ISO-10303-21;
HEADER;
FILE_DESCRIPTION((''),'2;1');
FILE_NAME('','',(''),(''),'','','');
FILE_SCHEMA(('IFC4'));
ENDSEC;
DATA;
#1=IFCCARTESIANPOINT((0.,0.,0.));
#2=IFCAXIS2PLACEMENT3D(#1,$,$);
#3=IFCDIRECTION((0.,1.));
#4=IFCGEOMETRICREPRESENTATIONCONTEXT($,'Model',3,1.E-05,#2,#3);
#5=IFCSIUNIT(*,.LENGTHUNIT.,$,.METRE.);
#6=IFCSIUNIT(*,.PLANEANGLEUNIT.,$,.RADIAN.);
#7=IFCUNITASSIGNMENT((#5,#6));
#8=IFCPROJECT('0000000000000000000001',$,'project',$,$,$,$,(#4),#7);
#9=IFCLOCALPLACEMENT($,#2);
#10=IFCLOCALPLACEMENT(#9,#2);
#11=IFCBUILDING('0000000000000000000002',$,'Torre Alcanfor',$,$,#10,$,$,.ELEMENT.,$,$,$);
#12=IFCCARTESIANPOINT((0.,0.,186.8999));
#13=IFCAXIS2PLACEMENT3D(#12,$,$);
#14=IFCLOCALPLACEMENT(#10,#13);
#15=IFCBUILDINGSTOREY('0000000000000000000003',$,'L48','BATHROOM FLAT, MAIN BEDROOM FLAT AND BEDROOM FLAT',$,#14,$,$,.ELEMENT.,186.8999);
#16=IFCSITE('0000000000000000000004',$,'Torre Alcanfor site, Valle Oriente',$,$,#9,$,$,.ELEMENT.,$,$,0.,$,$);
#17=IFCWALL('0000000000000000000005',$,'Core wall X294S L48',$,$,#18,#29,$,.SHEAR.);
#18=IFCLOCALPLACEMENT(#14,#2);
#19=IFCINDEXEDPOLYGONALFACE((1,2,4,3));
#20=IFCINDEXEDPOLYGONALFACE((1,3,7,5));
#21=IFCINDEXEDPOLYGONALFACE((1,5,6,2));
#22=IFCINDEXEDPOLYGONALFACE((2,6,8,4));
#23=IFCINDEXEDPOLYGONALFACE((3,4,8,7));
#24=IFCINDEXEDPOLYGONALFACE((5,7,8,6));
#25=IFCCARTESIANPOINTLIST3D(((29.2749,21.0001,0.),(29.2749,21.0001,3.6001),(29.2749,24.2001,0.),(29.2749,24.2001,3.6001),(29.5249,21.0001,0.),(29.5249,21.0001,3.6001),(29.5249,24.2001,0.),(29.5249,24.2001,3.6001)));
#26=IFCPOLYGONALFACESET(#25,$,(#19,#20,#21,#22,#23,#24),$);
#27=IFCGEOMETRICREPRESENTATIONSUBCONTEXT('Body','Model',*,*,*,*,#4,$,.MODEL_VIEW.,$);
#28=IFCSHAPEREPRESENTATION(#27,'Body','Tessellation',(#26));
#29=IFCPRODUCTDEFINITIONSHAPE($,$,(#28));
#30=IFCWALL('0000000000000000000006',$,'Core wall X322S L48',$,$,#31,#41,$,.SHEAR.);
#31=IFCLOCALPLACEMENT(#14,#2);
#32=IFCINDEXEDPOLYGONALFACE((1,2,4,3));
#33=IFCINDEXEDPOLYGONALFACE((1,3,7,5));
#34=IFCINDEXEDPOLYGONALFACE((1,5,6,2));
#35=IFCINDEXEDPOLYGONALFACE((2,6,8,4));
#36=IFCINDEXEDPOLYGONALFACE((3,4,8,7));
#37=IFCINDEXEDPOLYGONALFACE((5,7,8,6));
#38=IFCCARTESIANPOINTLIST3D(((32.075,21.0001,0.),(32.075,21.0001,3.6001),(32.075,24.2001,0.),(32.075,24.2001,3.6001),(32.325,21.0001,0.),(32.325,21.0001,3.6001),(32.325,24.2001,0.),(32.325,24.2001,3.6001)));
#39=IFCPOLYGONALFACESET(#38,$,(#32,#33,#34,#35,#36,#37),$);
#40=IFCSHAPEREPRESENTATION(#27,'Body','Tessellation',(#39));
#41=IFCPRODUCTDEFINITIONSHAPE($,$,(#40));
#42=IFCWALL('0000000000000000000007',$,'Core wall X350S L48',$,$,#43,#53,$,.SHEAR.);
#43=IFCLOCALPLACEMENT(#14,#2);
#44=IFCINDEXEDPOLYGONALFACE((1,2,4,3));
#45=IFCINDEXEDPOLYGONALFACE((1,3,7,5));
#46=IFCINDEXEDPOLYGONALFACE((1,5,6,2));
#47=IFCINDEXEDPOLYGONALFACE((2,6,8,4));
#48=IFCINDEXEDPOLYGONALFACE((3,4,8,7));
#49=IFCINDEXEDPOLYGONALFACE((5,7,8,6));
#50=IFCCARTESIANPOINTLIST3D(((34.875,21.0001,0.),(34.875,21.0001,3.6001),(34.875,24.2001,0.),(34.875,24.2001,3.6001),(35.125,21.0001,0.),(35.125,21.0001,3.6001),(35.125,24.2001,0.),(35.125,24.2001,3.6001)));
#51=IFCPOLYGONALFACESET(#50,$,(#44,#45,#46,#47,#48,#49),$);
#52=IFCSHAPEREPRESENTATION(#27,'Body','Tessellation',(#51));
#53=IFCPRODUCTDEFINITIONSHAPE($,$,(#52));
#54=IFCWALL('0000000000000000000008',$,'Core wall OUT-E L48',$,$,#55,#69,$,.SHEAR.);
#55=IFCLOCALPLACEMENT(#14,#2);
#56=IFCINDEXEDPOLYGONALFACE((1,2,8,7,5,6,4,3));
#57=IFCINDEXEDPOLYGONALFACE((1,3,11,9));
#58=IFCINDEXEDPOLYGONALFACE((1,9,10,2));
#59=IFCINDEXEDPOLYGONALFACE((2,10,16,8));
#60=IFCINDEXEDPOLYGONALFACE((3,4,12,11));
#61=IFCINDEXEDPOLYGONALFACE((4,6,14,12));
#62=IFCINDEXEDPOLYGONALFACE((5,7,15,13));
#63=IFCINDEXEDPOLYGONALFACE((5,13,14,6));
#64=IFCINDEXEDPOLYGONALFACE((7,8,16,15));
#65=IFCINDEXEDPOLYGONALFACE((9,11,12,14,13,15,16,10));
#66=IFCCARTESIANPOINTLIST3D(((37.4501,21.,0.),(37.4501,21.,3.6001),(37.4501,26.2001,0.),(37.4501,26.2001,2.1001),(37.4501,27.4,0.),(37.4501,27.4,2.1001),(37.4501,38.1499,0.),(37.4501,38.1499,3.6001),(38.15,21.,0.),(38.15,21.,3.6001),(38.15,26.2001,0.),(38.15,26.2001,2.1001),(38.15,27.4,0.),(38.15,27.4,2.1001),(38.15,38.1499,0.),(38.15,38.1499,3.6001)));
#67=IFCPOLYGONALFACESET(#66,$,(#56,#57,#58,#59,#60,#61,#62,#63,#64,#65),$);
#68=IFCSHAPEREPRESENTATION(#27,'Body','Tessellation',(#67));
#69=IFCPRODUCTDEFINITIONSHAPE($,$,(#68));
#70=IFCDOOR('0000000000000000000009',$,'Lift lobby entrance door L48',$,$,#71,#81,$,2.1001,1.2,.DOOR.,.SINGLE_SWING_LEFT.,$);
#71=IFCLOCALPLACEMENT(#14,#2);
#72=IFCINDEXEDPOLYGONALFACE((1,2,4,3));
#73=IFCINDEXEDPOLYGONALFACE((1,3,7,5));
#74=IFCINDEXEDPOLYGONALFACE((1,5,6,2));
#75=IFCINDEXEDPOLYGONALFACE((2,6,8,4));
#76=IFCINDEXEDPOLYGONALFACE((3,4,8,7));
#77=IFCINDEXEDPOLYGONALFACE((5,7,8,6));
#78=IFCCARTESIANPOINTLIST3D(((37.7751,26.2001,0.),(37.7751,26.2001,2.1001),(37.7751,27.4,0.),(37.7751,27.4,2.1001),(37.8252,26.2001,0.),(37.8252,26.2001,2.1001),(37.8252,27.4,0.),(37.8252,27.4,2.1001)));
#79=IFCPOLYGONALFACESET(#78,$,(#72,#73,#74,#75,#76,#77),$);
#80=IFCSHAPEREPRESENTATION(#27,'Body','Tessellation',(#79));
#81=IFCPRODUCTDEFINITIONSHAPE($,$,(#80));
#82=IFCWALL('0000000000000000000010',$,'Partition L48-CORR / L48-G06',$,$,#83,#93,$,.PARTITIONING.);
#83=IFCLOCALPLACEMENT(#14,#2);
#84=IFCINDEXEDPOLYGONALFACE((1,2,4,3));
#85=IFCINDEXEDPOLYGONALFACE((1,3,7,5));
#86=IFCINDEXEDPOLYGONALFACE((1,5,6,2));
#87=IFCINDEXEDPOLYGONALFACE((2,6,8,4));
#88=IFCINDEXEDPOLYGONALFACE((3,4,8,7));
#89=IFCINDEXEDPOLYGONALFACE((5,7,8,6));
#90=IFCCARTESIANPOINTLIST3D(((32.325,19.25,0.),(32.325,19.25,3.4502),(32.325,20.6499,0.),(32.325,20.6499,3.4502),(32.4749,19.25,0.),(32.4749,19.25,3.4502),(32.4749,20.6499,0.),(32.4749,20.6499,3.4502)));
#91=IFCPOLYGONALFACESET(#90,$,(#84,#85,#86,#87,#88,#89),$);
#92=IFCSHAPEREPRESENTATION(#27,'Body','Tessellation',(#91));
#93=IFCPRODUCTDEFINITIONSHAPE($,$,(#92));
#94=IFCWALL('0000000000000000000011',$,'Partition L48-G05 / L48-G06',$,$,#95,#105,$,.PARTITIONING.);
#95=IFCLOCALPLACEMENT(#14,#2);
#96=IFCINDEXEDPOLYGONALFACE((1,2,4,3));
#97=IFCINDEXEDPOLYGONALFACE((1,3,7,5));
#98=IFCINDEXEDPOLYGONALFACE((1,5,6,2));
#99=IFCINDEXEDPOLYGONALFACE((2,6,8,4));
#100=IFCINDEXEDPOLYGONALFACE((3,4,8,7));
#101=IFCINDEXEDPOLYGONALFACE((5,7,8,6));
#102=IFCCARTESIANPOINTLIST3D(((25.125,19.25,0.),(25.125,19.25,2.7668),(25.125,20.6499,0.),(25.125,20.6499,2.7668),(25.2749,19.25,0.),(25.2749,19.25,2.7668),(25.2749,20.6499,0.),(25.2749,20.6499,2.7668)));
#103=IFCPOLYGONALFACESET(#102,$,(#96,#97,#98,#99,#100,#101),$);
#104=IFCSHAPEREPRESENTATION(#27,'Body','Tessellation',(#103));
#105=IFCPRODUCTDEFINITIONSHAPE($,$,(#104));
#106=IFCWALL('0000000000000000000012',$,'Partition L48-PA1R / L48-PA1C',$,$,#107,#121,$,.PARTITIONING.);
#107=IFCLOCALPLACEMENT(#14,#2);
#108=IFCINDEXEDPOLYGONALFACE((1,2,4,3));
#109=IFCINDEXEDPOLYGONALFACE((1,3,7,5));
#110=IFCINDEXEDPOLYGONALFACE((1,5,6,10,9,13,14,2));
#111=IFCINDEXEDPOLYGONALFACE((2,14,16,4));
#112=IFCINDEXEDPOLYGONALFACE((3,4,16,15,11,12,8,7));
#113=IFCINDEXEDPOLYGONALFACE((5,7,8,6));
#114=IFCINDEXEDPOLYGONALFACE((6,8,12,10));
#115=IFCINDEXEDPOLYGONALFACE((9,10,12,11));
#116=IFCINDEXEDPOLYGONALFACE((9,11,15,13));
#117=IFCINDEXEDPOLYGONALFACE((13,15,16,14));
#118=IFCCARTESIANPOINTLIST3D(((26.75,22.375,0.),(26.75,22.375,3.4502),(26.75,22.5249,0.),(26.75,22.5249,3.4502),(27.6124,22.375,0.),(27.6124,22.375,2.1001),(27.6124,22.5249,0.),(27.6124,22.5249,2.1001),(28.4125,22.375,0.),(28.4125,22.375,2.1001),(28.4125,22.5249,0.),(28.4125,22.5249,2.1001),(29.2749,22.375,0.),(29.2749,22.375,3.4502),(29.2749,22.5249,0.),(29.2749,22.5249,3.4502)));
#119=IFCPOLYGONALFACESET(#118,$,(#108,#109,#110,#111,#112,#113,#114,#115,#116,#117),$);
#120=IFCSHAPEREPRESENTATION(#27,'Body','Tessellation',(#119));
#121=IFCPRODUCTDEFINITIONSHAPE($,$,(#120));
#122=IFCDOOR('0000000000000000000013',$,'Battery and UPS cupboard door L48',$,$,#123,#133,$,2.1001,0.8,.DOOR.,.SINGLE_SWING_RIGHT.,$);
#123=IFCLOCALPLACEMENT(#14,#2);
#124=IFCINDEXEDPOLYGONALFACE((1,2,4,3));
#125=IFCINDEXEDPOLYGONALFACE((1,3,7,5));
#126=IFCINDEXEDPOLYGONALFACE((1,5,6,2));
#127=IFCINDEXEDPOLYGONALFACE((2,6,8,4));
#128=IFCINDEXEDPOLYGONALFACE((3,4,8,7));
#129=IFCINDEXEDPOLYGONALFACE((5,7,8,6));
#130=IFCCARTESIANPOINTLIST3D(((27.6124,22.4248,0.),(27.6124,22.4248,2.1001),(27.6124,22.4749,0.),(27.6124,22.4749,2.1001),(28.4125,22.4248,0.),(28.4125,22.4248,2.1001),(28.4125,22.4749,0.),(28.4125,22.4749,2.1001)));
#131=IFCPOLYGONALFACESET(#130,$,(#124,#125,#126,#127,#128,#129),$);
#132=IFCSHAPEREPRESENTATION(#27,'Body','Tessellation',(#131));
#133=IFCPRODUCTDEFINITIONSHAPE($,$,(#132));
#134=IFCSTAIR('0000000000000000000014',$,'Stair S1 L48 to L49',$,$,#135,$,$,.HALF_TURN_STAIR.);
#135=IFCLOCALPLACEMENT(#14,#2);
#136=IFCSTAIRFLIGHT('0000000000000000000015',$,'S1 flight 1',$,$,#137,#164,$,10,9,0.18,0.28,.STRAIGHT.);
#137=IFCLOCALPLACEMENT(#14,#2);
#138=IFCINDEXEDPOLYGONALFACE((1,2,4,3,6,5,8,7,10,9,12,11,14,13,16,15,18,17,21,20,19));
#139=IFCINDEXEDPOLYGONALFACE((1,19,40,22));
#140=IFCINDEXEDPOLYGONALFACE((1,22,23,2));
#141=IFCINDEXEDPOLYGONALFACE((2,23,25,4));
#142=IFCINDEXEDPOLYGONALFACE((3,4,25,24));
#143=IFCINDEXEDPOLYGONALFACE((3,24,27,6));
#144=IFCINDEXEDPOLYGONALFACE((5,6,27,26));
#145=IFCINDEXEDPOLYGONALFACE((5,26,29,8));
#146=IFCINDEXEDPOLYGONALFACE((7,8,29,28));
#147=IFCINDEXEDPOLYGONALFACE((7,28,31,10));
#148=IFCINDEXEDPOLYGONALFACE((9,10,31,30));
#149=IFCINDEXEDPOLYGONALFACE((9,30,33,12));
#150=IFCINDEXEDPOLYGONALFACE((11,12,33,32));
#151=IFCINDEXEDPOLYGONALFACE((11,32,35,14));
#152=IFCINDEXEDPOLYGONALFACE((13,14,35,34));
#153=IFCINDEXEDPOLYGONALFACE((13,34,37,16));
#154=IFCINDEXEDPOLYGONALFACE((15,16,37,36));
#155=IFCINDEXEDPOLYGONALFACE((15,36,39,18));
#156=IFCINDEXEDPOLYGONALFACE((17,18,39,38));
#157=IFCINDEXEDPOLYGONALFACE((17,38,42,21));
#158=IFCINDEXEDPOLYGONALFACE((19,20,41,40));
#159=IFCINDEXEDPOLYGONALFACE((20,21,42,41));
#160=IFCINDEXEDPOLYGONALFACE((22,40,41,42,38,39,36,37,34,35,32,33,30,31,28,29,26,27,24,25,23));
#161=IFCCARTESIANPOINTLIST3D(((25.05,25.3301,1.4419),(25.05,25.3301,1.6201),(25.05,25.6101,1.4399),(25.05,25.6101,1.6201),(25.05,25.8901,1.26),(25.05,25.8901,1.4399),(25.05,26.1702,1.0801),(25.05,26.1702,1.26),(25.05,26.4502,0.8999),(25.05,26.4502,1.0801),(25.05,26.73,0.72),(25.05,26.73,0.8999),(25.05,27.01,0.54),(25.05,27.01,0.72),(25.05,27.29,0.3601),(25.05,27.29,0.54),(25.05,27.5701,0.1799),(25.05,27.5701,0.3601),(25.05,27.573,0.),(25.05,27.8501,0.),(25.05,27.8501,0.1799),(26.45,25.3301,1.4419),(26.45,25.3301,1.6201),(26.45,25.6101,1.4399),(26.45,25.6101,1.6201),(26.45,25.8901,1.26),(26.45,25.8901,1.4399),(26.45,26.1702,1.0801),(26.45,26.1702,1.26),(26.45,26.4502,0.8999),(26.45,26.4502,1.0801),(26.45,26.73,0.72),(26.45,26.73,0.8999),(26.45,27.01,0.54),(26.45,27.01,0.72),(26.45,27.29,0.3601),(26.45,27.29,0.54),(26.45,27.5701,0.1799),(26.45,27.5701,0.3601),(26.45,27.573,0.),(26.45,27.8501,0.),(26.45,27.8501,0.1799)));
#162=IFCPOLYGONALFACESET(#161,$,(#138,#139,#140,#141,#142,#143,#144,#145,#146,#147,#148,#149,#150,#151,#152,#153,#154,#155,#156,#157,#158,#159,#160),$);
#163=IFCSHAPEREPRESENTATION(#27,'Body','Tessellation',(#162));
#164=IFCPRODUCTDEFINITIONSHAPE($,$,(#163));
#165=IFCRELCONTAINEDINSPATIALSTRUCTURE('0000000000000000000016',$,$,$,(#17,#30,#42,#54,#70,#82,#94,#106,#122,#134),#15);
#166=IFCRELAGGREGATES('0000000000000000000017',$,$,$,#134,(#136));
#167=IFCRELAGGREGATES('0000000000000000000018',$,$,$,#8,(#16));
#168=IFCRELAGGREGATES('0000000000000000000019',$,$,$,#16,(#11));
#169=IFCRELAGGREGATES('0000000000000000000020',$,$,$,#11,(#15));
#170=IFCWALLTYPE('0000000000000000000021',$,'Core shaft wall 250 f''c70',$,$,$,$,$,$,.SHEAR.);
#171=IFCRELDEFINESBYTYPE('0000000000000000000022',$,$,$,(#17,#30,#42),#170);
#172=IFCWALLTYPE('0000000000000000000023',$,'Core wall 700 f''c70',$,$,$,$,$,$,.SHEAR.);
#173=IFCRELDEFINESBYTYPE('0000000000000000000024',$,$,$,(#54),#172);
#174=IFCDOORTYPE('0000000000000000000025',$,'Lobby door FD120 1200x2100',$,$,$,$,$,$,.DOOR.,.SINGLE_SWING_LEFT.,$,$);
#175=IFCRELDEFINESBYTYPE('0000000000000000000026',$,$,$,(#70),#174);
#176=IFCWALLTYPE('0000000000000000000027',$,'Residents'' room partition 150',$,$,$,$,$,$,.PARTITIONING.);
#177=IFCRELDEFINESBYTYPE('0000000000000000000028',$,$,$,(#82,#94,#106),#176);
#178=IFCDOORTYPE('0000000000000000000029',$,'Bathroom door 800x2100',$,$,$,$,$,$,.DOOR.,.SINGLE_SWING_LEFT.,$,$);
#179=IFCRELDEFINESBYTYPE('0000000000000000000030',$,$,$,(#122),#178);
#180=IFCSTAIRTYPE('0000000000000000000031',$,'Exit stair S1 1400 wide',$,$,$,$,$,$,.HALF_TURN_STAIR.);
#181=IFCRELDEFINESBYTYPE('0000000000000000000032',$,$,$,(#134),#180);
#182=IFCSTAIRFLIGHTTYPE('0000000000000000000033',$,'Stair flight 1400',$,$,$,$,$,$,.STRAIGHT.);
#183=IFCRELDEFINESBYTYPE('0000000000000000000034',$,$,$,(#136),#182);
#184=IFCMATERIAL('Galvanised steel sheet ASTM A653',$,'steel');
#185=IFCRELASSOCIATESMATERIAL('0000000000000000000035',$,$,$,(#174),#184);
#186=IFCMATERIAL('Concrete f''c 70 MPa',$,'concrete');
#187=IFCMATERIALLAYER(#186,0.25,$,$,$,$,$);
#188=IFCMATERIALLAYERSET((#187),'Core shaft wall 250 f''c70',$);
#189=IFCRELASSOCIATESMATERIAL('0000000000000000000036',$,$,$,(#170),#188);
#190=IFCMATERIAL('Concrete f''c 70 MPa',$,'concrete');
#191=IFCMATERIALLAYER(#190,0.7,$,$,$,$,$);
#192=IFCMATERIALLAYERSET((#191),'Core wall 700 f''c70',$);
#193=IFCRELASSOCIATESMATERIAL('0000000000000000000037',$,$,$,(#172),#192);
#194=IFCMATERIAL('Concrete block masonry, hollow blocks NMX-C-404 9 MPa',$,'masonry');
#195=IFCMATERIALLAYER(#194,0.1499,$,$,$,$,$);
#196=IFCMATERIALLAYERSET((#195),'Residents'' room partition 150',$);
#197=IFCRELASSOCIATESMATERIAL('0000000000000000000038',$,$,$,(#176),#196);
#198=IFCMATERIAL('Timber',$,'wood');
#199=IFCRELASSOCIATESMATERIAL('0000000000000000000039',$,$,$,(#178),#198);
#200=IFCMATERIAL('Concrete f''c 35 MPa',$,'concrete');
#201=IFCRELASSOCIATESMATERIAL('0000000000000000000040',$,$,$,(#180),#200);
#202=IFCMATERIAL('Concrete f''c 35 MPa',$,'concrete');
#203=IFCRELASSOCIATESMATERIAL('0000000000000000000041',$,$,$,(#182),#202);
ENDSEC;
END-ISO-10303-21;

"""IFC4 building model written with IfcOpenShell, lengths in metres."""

from ifc_helpers import new_model, si_unit, direction, frame, frame_2d, origin, place, context, subcontext, project, spatial, polyline, rectangle, outline, extrude, material, layer, layer_set, type_object, element, fill, aggregate, save


model = new_model("IFC4")

# Units and contexts
model_context = context("Model", 3, precision=1e-05, world=origin(), true_north=direction((0.0, 1.0)))
body_context = subcontext(model_context, "Body", "Model", "MODEL_VIEW")
ifc_project = project(units=[si_unit("LENGTHUNIT", "METRE"), si_unit("PLANEANGLEUNIT", "RADIAN")], contexts=[model_context])

# Site, building, storey
site_placement = place(None, origin())
site = spatial("IfcSite", under=ifc_project, at=site_placement, Name="Torre Alcanfor site, Valle Oriente", CompositionType="ELEMENT", RefElevation=0.0)
building_placement = place(site_placement, origin())
building = spatial("IfcBuilding", under=site, at=building_placement, Name="Torre Alcanfor", CompositionType="ELEMENT")
storey_placement = place(building_placement, frame((0.0, 0.0, 186.8999)))
storey = spatial("IfcBuildingStorey", under=building, at=storey_placement, Name="L48", Description="BATHROOM FLAT, MAIN BEDROOM FLAT AND BEDROOM FLAT", CompositionType="ELEMENT", Elevation=186.8999)

# Shared definitions
ifc_material_1 = material(Name="Galvanised steel sheet ASTM A653", Category="steel")
door_type_1 = type_object("IfcDoorType", Name="Lobby door FD120 1200x2100", OperationType="SINGLE_SWING_LEFT", PredefinedType="DOOR", material=ifc_material_1)

# Walls
ifc_material_2 = material(Name="Concrete f'c 70 MPa", Category="concrete")
ifc_layer_1 = layer(ifc_material_2, 0.25)
ifc_layer_set_1 = layer_set([ifc_layer_1], Name="Core shaft wall 250 f'c70")
wall_type_1 = type_object("IfcWallType", Name="Core shaft wall 250 f'c70", PredefinedType="SHEAR", material=ifc_layer_set_1)
for number, where, z_axis, x_axis, name in (
    (1, (29.3999, 21.0, 0.0), (0.0, 0.0, 1.0), (0.0, 1.0, 0.0), "Core wall X294S L48"),
    (2, (32.2, 21.0, 0.0), (0.0, 0.0, 1.0), (0.0, 1.0, 0.0), "Core wall X322S L48"),
    (3, (35.0, 21.0, 0.0), (0.0, 0.0, 1.0), (0.0, 1.0, 0.0), "Core wall X350S L48"),
):
    element("IfcWall", number, at=place(storey_placement, frame(where, z_axis=z_axis, x_axis=x_axis)), inside=storey, type_object=wall_type_1, Name=name, PredefinedType="SHEAR", context=body_context, shape_type="SweptSolid", body=[
        extrude(rectangle(XDim=3.2, YDim=0.25, at=frame_2d((1.6001, 0.0))), origin(), (0.0, 0.0, 1.0), 3.6001),
    ])

# Wall, opening, door
ifc_material_3 = material(Name="Concrete f'c 70 MPa", Category="concrete")
ifc_layer_2 = layer(ifc_material_3, 0.7)
ifc_layer_set_2 = layer_set([ifc_layer_2], Name="Core wall 700 f'c70")
wall_type_2 = type_object("IfcWallType", Name="Core wall 700 f'c70", PredefinedType="SHEAR", material=ifc_layer_set_2)
wall_1_placement = place(storey_placement, frame((37.8, 21.0, 0.0), z_axis=(0.0, 0.0, 1.0), x_axis=(0.0, 1.0, 0.0)))
wall_1 = element("IfcWall", 4, at=wall_1_placement, inside=storey, type_object=wall_type_2, Name="Core wall OUT-E L48", PredefinedType="SHEAR", context=body_context, shape_type="SweptSolid", body=[
    extrude(rectangle(XDim=17.1499, YDim=0.7, at=frame_2d((8.575, 0.0))), origin(), (0.0, 0.0, 1.0), 3.6001),
])
opening_1_placement = place(wall_1_placement, frame((5.2, 0.0, 0.0)))
opening_1 = element("IfcOpeningElement", 5, at=opening_1_placement, cuts=wall_1, PredefinedType="OPENING", context=body_context, shape_type="SweptSolid", body=[
    extrude(rectangle(XDim=1.2, YDim=2.1001, at=frame_2d((0.6001, 1.05))), frame((0.0, 0.3599, 0.0), z_axis=(0.0, -1.0, 0.0), x_axis=(1.0, 0.0, 0.0)), (0.0, 0.0, 1.0), 0.72),
])
door_1_placement = place(opening_1_placement, origin())
door_1 = element("IfcDoor", 6, at=door_1_placement, inside=storey, type_object=door_type_1, Name="Lift lobby entrance door L48", OperationType="SINGLE_SWING_LEFT", OverallHeight=2.1001, OverallWidth=1.2, PredefinedType="DOOR", context=body_context, shape_type="SweptSolid", body=[
    extrude(rectangle(XDim=1.2, YDim=2.1001, at=frame_2d((0.6001, 1.05))), frame((0.0, 0.0249, 0.0), z_axis=(0.0, -1.0, 0.0), x_axis=(1.0, 0.0, 0.0)), (0.0, 0.0, 1.0), 0.05),
])
fill(opening_1, door_1)

# Walls
ifc_material_4 = material(Name="Concrete block masonry, hollow blocks NMX-C-404 9 MPa", Category="masonry")
ifc_layer_3 = layer(ifc_material_4, 0.1499)
ifc_layer_set_3 = layer_set([ifc_layer_3], Name="Residents' room partition 150")
wall_type_3 = type_object("IfcWallType", Name="Residents' room partition 150", PredefinedType="PARTITIONING", material=ifc_layer_set_3)
wall_2_placement = place(storey_placement, frame((32.3999, 19.25, 0.0), z_axis=(0.0, 0.0, 1.0), x_axis=(0.0, 1.0, 0.0)))
element("IfcWall", 7, at=wall_2_placement, inside=storey, type_object=wall_type_3, Name="Partition L48-CORR / L48-G06", PredefinedType="PARTITIONING", context=body_context, shape_type="SweptSolid", body=[
    extrude(rectangle(XDim=1.3999, YDim=0.1499, at=frame_2d((0.7, 0.0))), origin(), (0.0, 0.0, 1.0), 3.4502),
])
wall_3_placement = place(storey_placement, frame((25.2, 19.25, 0.0), z_axis=(0.0, 0.0, 1.0), x_axis=(0.0, 1.0, 0.0)))
element("IfcWall", 8, at=wall_3_placement, inside=storey, type_object=wall_type_3, Name="Partition L48-G05 / L48-G06", PredefinedType="PARTITIONING", context=body_context, shape_type="SweptSolid", body=[
    extrude(rectangle(XDim=1.3999, YDim=0.1499, at=frame_2d((0.7, 0.0))), origin(), (0.0, 0.0, 1.0), 2.7668),
])

# Wall, opening, door
wall_4_placement = place(storey_placement, frame((26.75, 22.45, 0.0), z_axis=(0.0, 0.0, 1.0), x_axis=(1.0, 0.0, 0.0)))
wall_4 = element("IfcWall", 9, at=wall_4_placement, inside=storey, type_object=wall_type_3, Name="Partition L48-PA1R / L48-PA1C", PredefinedType="PARTITIONING", context=body_context, shape_type="SweptSolid", body=[
    extrude(rectangle(XDim=2.5249, YDim=0.1499, at=frame_2d((1.2625, 0.0))), origin(), (0.0, 0.0, 1.0), 3.4502),
])
opening_2_placement = place(wall_4_placement, frame((0.8625, 0.0, 0.0)))
opening_2 = element("IfcOpeningElement", 10, at=opening_2_placement, cuts=wall_4, PredefinedType="OPENING", context=body_context, shape_type="SweptSolid", body=[
    extrude(rectangle(XDim=0.8, YDim=2.1001, at=frame_2d((0.3999, 1.05))), frame((0.0, 0.085, 0.0), z_axis=(0.0, -1.0, 0.0), x_axis=(1.0, 0.0, 0.0)), (0.0, 0.0, 1.0), 0.1699),
])
ifc_material_5 = material(Name="Timber", Category="wood")
door_type_2 = type_object("IfcDoorType", Name="Bathroom door 800x2100", OperationType="SINGLE_SWING_LEFT", PredefinedType="DOOR", material=ifc_material_5)
door_2_placement = place(opening_2_placement, frame((0.8, 0.0, 0.0), z_axis=(0.0, 0.0, 1.0), x_axis=(-1.0, 0.0, 0.0)))
door_2 = element("IfcDoor", 11, at=door_2_placement, inside=storey, type_object=door_type_2, Name="Battery and UPS cupboard door L48", OperationType="SINGLE_SWING_RIGHT", OverallHeight=2.1001, OverallWidth=0.8, PredefinedType="DOOR", context=body_context, shape_type="SweptSolid", body=[
    extrude(rectangle(XDim=0.8, YDim=2.1001, at=frame_2d((0.4001, 1.05))), frame((0.0, 0.0251, 0.0), z_axis=(0.0, -1.0, 0.0), x_axis=(1.0, 0.0, 0.0)), (0.0, 0.0, 1.0), 0.05),
])
fill(opening_2, door_2)

# Stair, stair flight
ifc_material_6 = material(Name="Concrete f'c 35 MPa", Category="concrete")
stair_type = type_object("IfcStairType", Name="Exit stair S1 1400 wide", PredefinedType="HALF_TURN_STAIR", material=ifc_material_6)
stair_placement = place(storey_placement, origin())
stair = element("IfcStair", 12, at=stair_placement, inside=storey, type_object=stair_type, Name="Stair S1 L48 to L49", PredefinedType="HALF_TURN_STAIR")
ifc_material_7 = material(Name="Concrete f'c 35 MPa", Category="concrete")
stair_flight_type = type_object("IfcStairFlightType", Name="Stair flight 1400", PredefinedType="STRAIGHT", material=ifc_material_7)
stair_flight_placement = place(storey_placement, frame((25.75, 27.8501, 0.0), z_axis=(0.0, 0.0, 1.0), x_axis=(0.0, -1.0, 0.0)))
stair_flight = element("IfcStairFlight", 13, at=stair_flight_placement, type_object=stair_flight_type, Name="S1 flight 1", NumberOfRisers=10, NumberOfTreads=9, PredefinedType="STRAIGHT", RiserHeight=0.18, TreadLength=0.28, context=body_context, shape_type="SweptSolid", body=[
    extrude(outline(polyline([(0.0, 0.0), (0.0, 0.1799), (0.28, 0.1799), (0.28, 0.3601), (0.5601, 0.3601), (0.5601, 0.54), (0.8401, 0.54), (0.8401, 0.72), (1.1201, 0.72), (1.1201, 0.8999), (1.3999, 0.8999), (1.3999, 1.0801), (1.6799, 1.0801), (1.6799, 1.26), (1.96, 1.26), (1.96, 1.4399), (2.24, 1.4399), (2.24, 1.6201), (2.52, 1.6201), (2.52, 1.8), (2.52, 1.4419), (0.2771, 0.0), (0.0, 0.0)])), frame((0.0, 0.7, 0.0), z_axis=(0.0, -1.0, 0.0), x_axis=(1.0, 0.0, 0.0)), (0.0, 0.0, 1.0), 1.3999),
])
aggregate(stair, [stair_flight])

save(model, "model.ifc")
